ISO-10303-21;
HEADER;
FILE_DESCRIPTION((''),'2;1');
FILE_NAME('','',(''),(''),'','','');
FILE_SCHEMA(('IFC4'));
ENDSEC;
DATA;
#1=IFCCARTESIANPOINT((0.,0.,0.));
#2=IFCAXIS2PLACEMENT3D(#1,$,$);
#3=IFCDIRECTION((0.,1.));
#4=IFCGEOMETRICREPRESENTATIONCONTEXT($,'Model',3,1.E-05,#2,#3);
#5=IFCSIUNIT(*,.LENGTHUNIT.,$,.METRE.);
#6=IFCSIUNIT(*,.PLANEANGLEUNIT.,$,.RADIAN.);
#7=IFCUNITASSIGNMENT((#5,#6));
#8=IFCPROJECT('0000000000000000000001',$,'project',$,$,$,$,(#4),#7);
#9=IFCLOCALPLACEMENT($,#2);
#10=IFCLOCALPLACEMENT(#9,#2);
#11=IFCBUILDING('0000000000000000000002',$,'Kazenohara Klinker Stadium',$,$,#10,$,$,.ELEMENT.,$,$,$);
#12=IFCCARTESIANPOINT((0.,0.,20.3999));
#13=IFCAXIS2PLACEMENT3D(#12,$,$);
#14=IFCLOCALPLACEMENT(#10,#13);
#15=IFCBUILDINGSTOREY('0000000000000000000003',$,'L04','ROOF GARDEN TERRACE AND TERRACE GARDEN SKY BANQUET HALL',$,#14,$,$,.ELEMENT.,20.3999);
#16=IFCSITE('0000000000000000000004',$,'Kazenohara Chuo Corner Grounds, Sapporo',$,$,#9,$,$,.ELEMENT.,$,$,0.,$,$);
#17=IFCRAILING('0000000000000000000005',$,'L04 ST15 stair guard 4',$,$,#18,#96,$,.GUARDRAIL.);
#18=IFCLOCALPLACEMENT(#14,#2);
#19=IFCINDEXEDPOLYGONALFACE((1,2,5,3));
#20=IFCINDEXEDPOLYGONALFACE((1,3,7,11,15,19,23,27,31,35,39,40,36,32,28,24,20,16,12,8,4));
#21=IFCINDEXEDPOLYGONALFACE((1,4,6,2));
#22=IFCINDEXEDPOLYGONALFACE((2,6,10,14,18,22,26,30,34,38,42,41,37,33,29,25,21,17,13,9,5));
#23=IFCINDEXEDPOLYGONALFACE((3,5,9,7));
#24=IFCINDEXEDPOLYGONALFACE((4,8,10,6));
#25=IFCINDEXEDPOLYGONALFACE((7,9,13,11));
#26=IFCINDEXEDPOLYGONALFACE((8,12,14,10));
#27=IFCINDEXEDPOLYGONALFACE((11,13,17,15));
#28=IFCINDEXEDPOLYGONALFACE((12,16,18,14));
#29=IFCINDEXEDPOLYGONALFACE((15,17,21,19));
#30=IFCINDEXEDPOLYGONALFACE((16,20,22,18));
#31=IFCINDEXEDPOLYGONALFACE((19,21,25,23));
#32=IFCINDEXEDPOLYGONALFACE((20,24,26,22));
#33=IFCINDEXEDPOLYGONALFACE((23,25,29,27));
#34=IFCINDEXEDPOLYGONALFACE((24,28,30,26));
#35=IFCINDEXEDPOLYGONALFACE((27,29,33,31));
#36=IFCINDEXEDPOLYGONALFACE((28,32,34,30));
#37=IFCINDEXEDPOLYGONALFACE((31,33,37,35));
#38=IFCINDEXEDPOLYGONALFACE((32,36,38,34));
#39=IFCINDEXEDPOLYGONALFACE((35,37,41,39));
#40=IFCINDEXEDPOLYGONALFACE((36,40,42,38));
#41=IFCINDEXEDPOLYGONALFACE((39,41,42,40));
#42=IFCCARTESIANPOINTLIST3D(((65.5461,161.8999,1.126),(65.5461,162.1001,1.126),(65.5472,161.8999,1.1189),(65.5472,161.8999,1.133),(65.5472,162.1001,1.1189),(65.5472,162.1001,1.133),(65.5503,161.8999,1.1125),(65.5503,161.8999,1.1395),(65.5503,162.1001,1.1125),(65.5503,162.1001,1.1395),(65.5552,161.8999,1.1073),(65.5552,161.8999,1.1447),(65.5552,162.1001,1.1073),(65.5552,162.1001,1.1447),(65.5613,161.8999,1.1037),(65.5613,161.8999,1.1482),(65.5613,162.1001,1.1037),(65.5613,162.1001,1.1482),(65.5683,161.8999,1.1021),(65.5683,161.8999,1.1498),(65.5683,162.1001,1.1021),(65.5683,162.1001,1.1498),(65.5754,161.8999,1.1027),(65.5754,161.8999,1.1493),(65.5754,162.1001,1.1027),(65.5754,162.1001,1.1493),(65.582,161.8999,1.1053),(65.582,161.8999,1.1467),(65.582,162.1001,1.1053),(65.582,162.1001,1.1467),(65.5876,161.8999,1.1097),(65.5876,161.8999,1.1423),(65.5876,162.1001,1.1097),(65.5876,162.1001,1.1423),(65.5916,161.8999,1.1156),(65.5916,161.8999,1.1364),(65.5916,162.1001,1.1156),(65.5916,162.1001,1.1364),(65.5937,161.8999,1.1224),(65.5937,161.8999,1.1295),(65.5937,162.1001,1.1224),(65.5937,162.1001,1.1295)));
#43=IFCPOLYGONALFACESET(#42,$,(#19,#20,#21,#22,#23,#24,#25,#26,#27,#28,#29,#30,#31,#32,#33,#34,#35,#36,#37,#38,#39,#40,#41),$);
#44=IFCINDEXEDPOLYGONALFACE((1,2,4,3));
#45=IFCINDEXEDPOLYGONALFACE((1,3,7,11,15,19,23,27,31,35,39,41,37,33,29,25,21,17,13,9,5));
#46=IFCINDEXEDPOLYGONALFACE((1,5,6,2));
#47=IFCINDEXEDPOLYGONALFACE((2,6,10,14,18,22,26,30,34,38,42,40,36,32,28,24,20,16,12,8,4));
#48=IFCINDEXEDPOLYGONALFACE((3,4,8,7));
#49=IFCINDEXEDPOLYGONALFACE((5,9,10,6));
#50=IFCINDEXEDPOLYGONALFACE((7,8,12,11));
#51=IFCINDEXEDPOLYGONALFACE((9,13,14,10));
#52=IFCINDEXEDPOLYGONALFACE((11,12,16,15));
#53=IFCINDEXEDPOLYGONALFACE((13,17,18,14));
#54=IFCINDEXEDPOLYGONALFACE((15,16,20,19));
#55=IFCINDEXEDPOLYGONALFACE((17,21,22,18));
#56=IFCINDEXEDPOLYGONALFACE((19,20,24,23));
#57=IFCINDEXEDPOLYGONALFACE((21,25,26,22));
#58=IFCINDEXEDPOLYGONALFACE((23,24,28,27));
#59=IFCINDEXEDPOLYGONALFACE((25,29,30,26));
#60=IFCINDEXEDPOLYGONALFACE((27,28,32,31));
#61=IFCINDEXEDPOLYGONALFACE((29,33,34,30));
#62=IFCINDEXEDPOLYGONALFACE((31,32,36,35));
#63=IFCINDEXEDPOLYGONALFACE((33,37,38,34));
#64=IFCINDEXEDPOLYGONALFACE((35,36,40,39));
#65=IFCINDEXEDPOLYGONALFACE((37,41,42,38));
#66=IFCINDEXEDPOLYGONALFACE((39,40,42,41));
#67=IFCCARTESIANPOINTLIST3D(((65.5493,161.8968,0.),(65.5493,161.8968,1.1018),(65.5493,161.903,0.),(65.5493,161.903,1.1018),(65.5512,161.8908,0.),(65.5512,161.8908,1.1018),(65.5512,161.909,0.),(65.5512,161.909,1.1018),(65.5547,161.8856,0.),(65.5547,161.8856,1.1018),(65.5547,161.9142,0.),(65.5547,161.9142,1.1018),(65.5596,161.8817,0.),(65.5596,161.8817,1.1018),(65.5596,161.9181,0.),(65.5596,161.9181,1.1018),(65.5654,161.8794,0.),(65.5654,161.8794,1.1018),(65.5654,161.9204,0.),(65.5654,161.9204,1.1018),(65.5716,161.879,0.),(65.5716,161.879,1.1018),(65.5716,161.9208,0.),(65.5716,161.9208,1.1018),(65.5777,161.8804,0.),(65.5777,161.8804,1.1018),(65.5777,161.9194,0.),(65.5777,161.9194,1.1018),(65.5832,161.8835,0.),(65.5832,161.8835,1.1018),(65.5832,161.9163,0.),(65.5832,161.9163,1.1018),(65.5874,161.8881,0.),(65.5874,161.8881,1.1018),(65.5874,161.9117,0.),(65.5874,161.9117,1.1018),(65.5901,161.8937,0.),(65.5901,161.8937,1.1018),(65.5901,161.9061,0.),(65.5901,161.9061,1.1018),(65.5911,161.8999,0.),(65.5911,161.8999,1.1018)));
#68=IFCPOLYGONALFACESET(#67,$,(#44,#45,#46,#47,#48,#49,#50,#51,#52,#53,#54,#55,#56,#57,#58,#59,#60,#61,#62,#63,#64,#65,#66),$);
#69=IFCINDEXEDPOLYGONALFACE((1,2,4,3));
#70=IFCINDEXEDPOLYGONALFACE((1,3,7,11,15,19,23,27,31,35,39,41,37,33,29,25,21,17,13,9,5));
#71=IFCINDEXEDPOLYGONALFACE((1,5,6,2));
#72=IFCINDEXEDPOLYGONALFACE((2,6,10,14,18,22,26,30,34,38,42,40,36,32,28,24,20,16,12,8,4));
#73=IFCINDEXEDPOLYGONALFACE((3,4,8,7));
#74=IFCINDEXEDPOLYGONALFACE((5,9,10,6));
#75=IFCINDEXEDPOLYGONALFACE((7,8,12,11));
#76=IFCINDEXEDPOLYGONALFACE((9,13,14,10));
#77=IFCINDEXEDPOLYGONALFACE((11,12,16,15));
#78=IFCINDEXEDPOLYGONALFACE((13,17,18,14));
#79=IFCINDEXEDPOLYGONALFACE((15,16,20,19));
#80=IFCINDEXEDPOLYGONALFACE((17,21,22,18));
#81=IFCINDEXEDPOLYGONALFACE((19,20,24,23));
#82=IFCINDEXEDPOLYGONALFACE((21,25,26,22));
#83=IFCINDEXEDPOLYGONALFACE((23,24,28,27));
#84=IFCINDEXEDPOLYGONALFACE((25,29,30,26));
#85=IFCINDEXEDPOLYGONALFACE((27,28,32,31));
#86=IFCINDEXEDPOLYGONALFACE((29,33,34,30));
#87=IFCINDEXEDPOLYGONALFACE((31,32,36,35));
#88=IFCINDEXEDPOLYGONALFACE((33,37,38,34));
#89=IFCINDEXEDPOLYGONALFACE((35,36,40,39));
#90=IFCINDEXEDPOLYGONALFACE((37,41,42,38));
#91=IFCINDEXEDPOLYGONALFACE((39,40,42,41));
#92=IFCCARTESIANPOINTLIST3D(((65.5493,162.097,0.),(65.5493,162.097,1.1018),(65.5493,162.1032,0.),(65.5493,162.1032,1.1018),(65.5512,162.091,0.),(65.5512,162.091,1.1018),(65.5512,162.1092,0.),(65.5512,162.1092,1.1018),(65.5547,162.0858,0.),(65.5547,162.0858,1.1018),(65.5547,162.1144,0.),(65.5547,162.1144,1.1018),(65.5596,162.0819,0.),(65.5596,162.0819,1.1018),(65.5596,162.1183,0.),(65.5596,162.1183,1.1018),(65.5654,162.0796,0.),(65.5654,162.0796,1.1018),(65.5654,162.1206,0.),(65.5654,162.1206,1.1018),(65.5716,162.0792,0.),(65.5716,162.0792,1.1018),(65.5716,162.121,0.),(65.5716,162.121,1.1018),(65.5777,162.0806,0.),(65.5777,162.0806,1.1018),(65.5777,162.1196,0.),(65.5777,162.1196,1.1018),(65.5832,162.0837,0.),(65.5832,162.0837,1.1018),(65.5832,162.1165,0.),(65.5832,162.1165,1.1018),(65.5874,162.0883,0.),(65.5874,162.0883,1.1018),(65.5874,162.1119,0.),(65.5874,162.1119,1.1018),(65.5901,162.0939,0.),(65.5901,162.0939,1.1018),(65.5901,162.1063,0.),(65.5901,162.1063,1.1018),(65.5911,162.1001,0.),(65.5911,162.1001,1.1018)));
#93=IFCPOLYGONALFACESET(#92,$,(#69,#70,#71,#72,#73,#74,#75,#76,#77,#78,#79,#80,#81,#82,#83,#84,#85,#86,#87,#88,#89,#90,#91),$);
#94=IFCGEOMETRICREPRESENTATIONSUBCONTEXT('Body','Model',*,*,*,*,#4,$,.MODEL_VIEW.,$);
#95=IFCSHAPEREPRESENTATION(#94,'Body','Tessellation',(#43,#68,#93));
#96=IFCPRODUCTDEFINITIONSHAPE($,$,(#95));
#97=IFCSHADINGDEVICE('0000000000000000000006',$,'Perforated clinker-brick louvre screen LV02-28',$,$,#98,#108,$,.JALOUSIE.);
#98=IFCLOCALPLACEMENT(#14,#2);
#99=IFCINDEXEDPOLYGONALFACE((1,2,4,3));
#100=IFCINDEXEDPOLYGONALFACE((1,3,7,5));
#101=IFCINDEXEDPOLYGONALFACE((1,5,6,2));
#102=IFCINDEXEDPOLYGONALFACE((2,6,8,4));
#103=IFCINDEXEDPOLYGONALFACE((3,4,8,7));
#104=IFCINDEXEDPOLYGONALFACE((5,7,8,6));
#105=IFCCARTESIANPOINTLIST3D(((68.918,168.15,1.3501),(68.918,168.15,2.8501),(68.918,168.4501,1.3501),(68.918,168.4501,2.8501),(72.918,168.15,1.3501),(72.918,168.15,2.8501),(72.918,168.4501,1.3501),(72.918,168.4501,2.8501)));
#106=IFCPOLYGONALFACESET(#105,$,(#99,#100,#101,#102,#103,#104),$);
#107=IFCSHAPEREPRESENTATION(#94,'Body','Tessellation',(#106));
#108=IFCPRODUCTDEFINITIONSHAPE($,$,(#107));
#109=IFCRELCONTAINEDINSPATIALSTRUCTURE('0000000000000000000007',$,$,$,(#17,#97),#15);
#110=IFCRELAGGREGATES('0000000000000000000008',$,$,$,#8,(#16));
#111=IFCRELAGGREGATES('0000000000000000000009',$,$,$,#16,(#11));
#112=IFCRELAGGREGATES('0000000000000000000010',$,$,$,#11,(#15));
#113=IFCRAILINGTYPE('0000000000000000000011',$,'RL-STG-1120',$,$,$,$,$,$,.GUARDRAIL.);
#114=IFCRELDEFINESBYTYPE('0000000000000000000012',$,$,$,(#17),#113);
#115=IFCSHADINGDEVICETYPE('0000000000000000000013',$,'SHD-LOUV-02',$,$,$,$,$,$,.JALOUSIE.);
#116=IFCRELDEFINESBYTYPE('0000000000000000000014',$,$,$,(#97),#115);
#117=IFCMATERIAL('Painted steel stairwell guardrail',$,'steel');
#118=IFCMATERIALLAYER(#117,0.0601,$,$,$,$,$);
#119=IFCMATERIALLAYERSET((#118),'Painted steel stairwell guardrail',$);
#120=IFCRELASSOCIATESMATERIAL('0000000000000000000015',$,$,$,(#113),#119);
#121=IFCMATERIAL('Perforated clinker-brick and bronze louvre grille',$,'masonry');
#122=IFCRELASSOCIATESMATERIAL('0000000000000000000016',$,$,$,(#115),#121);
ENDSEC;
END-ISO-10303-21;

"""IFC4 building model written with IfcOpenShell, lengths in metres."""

from ifc_helpers import new_model, si_unit, direction, frame, origin, origin_2d, place, context, subcontext, project, spatial, rectangle, circle, extrude, material, layer, layer_set, type_object, element, save


model = new_model("IFC4")

# Units and contexts
model_context = context("Model", 3, precision=1e-05, world=origin(), true_north=direction((0.0, 1.0)))
body_context = subcontext(model_context, "Body", "Model", "MODEL_VIEW")
ifc_project = project(units=[si_unit("LENGTHUNIT", "METRE"), si_unit("PLANEANGLEUNIT", "RADIAN")], contexts=[model_context])

# Site, building, storey
site_placement = place(None, origin())
site = spatial("IfcSite", under=ifc_project, at=site_placement, Name="Kazenohara Chuo Corner Grounds, Sapporo", CompositionType="ELEMENT", RefElevation=0.0)
building_placement = place(site_placement, origin())
building = spatial("IfcBuilding", under=site, at=building_placement, Name="Kazenohara Klinker Stadium", CompositionType="ELEMENT")
storey_placement = place(building_placement, frame((0.0, 0.0, 20.3999)))
storey = spatial("IfcBuildingStorey", under=building, at=storey_placement, Name="L04", Description="ROOF GARDEN TERRACE AND TERRACE GARDEN SKY BANQUET HALL", CompositionType="ELEMENT", Elevation=20.3999)

# Railing
ifc_material_1 = material(Name="Painted steel stairwell guardrail", Category="steel")
ifc_layer_1 = layer(ifc_material_1, 0.0601)
ifc_layer_set_1 = layer_set([ifc_layer_1], Name="Painted steel stairwell guardrail")
railing_type_1 = type_object("IfcRailingType", Name="RL-STG-1120", PredefinedType="GUARDRAIL", material=ifc_layer_set_1)
railing_1_placement = place(storey_placement, frame((65.5701, 161.8999, 0.0)))
element("IfcRailing", 1, at=railing_1_placement, inside=storey, type_object=railing_type_1, Name="L04 ST15 stair guard 4", PredefinedType="GUARDRAIL", context=body_context, shape_type="SweptSolid", body=[
    extrude(circle(Radius=0.0239, at=origin_2d()), frame((0.0, 0.0, 1.126), z_axis=(0.0, 1.0, 0.0), x_axis=(-1.0, 0.0, 0.0)), (0.0, 0.0, 1.0), 0.2002),
    extrude(circle(Radius=0.021, at=origin_2d()), origin(), (0.0, 0.0, 1.0), 1.1018),
    extrude(circle(Radius=0.021, at=origin_2d()), frame((0.0, 0.2002, 0.0)), (0.0, 0.0, 1.0), 1.1018),
])

# Shading device
ifc_material_2 = material(Name="Perforated clinker-brick and bronze louvre grille", Category="masonry")
shading_device_type = type_object("IfcShadingDeviceType", Name="SHD-LOUV-02", PredefinedType="JALOUSIE", material=ifc_material_2)
shading_device_placement = place(storey_placement, frame((70.918, 168.3, 1.3501), z_axis=(0.0, 0.0, 1.0), x_axis=(1.0, 0.0, 0.0)))
element("IfcShadingDevice", 2, at=shading_device_placement, inside=storey, type_object=shading_device_type, Name="Perforated clinker-brick louvre screen LV02-28", PredefinedType="JALOUSIE", context=body_context, shape_type="SweptSolid", body=[
    extrude(rectangle(XDim=4.0, YDim=0.3, at=origin_2d()), origin(), (0.0, 0.0, 1.0), 1.5),
])

save(model, "model.ifc")
